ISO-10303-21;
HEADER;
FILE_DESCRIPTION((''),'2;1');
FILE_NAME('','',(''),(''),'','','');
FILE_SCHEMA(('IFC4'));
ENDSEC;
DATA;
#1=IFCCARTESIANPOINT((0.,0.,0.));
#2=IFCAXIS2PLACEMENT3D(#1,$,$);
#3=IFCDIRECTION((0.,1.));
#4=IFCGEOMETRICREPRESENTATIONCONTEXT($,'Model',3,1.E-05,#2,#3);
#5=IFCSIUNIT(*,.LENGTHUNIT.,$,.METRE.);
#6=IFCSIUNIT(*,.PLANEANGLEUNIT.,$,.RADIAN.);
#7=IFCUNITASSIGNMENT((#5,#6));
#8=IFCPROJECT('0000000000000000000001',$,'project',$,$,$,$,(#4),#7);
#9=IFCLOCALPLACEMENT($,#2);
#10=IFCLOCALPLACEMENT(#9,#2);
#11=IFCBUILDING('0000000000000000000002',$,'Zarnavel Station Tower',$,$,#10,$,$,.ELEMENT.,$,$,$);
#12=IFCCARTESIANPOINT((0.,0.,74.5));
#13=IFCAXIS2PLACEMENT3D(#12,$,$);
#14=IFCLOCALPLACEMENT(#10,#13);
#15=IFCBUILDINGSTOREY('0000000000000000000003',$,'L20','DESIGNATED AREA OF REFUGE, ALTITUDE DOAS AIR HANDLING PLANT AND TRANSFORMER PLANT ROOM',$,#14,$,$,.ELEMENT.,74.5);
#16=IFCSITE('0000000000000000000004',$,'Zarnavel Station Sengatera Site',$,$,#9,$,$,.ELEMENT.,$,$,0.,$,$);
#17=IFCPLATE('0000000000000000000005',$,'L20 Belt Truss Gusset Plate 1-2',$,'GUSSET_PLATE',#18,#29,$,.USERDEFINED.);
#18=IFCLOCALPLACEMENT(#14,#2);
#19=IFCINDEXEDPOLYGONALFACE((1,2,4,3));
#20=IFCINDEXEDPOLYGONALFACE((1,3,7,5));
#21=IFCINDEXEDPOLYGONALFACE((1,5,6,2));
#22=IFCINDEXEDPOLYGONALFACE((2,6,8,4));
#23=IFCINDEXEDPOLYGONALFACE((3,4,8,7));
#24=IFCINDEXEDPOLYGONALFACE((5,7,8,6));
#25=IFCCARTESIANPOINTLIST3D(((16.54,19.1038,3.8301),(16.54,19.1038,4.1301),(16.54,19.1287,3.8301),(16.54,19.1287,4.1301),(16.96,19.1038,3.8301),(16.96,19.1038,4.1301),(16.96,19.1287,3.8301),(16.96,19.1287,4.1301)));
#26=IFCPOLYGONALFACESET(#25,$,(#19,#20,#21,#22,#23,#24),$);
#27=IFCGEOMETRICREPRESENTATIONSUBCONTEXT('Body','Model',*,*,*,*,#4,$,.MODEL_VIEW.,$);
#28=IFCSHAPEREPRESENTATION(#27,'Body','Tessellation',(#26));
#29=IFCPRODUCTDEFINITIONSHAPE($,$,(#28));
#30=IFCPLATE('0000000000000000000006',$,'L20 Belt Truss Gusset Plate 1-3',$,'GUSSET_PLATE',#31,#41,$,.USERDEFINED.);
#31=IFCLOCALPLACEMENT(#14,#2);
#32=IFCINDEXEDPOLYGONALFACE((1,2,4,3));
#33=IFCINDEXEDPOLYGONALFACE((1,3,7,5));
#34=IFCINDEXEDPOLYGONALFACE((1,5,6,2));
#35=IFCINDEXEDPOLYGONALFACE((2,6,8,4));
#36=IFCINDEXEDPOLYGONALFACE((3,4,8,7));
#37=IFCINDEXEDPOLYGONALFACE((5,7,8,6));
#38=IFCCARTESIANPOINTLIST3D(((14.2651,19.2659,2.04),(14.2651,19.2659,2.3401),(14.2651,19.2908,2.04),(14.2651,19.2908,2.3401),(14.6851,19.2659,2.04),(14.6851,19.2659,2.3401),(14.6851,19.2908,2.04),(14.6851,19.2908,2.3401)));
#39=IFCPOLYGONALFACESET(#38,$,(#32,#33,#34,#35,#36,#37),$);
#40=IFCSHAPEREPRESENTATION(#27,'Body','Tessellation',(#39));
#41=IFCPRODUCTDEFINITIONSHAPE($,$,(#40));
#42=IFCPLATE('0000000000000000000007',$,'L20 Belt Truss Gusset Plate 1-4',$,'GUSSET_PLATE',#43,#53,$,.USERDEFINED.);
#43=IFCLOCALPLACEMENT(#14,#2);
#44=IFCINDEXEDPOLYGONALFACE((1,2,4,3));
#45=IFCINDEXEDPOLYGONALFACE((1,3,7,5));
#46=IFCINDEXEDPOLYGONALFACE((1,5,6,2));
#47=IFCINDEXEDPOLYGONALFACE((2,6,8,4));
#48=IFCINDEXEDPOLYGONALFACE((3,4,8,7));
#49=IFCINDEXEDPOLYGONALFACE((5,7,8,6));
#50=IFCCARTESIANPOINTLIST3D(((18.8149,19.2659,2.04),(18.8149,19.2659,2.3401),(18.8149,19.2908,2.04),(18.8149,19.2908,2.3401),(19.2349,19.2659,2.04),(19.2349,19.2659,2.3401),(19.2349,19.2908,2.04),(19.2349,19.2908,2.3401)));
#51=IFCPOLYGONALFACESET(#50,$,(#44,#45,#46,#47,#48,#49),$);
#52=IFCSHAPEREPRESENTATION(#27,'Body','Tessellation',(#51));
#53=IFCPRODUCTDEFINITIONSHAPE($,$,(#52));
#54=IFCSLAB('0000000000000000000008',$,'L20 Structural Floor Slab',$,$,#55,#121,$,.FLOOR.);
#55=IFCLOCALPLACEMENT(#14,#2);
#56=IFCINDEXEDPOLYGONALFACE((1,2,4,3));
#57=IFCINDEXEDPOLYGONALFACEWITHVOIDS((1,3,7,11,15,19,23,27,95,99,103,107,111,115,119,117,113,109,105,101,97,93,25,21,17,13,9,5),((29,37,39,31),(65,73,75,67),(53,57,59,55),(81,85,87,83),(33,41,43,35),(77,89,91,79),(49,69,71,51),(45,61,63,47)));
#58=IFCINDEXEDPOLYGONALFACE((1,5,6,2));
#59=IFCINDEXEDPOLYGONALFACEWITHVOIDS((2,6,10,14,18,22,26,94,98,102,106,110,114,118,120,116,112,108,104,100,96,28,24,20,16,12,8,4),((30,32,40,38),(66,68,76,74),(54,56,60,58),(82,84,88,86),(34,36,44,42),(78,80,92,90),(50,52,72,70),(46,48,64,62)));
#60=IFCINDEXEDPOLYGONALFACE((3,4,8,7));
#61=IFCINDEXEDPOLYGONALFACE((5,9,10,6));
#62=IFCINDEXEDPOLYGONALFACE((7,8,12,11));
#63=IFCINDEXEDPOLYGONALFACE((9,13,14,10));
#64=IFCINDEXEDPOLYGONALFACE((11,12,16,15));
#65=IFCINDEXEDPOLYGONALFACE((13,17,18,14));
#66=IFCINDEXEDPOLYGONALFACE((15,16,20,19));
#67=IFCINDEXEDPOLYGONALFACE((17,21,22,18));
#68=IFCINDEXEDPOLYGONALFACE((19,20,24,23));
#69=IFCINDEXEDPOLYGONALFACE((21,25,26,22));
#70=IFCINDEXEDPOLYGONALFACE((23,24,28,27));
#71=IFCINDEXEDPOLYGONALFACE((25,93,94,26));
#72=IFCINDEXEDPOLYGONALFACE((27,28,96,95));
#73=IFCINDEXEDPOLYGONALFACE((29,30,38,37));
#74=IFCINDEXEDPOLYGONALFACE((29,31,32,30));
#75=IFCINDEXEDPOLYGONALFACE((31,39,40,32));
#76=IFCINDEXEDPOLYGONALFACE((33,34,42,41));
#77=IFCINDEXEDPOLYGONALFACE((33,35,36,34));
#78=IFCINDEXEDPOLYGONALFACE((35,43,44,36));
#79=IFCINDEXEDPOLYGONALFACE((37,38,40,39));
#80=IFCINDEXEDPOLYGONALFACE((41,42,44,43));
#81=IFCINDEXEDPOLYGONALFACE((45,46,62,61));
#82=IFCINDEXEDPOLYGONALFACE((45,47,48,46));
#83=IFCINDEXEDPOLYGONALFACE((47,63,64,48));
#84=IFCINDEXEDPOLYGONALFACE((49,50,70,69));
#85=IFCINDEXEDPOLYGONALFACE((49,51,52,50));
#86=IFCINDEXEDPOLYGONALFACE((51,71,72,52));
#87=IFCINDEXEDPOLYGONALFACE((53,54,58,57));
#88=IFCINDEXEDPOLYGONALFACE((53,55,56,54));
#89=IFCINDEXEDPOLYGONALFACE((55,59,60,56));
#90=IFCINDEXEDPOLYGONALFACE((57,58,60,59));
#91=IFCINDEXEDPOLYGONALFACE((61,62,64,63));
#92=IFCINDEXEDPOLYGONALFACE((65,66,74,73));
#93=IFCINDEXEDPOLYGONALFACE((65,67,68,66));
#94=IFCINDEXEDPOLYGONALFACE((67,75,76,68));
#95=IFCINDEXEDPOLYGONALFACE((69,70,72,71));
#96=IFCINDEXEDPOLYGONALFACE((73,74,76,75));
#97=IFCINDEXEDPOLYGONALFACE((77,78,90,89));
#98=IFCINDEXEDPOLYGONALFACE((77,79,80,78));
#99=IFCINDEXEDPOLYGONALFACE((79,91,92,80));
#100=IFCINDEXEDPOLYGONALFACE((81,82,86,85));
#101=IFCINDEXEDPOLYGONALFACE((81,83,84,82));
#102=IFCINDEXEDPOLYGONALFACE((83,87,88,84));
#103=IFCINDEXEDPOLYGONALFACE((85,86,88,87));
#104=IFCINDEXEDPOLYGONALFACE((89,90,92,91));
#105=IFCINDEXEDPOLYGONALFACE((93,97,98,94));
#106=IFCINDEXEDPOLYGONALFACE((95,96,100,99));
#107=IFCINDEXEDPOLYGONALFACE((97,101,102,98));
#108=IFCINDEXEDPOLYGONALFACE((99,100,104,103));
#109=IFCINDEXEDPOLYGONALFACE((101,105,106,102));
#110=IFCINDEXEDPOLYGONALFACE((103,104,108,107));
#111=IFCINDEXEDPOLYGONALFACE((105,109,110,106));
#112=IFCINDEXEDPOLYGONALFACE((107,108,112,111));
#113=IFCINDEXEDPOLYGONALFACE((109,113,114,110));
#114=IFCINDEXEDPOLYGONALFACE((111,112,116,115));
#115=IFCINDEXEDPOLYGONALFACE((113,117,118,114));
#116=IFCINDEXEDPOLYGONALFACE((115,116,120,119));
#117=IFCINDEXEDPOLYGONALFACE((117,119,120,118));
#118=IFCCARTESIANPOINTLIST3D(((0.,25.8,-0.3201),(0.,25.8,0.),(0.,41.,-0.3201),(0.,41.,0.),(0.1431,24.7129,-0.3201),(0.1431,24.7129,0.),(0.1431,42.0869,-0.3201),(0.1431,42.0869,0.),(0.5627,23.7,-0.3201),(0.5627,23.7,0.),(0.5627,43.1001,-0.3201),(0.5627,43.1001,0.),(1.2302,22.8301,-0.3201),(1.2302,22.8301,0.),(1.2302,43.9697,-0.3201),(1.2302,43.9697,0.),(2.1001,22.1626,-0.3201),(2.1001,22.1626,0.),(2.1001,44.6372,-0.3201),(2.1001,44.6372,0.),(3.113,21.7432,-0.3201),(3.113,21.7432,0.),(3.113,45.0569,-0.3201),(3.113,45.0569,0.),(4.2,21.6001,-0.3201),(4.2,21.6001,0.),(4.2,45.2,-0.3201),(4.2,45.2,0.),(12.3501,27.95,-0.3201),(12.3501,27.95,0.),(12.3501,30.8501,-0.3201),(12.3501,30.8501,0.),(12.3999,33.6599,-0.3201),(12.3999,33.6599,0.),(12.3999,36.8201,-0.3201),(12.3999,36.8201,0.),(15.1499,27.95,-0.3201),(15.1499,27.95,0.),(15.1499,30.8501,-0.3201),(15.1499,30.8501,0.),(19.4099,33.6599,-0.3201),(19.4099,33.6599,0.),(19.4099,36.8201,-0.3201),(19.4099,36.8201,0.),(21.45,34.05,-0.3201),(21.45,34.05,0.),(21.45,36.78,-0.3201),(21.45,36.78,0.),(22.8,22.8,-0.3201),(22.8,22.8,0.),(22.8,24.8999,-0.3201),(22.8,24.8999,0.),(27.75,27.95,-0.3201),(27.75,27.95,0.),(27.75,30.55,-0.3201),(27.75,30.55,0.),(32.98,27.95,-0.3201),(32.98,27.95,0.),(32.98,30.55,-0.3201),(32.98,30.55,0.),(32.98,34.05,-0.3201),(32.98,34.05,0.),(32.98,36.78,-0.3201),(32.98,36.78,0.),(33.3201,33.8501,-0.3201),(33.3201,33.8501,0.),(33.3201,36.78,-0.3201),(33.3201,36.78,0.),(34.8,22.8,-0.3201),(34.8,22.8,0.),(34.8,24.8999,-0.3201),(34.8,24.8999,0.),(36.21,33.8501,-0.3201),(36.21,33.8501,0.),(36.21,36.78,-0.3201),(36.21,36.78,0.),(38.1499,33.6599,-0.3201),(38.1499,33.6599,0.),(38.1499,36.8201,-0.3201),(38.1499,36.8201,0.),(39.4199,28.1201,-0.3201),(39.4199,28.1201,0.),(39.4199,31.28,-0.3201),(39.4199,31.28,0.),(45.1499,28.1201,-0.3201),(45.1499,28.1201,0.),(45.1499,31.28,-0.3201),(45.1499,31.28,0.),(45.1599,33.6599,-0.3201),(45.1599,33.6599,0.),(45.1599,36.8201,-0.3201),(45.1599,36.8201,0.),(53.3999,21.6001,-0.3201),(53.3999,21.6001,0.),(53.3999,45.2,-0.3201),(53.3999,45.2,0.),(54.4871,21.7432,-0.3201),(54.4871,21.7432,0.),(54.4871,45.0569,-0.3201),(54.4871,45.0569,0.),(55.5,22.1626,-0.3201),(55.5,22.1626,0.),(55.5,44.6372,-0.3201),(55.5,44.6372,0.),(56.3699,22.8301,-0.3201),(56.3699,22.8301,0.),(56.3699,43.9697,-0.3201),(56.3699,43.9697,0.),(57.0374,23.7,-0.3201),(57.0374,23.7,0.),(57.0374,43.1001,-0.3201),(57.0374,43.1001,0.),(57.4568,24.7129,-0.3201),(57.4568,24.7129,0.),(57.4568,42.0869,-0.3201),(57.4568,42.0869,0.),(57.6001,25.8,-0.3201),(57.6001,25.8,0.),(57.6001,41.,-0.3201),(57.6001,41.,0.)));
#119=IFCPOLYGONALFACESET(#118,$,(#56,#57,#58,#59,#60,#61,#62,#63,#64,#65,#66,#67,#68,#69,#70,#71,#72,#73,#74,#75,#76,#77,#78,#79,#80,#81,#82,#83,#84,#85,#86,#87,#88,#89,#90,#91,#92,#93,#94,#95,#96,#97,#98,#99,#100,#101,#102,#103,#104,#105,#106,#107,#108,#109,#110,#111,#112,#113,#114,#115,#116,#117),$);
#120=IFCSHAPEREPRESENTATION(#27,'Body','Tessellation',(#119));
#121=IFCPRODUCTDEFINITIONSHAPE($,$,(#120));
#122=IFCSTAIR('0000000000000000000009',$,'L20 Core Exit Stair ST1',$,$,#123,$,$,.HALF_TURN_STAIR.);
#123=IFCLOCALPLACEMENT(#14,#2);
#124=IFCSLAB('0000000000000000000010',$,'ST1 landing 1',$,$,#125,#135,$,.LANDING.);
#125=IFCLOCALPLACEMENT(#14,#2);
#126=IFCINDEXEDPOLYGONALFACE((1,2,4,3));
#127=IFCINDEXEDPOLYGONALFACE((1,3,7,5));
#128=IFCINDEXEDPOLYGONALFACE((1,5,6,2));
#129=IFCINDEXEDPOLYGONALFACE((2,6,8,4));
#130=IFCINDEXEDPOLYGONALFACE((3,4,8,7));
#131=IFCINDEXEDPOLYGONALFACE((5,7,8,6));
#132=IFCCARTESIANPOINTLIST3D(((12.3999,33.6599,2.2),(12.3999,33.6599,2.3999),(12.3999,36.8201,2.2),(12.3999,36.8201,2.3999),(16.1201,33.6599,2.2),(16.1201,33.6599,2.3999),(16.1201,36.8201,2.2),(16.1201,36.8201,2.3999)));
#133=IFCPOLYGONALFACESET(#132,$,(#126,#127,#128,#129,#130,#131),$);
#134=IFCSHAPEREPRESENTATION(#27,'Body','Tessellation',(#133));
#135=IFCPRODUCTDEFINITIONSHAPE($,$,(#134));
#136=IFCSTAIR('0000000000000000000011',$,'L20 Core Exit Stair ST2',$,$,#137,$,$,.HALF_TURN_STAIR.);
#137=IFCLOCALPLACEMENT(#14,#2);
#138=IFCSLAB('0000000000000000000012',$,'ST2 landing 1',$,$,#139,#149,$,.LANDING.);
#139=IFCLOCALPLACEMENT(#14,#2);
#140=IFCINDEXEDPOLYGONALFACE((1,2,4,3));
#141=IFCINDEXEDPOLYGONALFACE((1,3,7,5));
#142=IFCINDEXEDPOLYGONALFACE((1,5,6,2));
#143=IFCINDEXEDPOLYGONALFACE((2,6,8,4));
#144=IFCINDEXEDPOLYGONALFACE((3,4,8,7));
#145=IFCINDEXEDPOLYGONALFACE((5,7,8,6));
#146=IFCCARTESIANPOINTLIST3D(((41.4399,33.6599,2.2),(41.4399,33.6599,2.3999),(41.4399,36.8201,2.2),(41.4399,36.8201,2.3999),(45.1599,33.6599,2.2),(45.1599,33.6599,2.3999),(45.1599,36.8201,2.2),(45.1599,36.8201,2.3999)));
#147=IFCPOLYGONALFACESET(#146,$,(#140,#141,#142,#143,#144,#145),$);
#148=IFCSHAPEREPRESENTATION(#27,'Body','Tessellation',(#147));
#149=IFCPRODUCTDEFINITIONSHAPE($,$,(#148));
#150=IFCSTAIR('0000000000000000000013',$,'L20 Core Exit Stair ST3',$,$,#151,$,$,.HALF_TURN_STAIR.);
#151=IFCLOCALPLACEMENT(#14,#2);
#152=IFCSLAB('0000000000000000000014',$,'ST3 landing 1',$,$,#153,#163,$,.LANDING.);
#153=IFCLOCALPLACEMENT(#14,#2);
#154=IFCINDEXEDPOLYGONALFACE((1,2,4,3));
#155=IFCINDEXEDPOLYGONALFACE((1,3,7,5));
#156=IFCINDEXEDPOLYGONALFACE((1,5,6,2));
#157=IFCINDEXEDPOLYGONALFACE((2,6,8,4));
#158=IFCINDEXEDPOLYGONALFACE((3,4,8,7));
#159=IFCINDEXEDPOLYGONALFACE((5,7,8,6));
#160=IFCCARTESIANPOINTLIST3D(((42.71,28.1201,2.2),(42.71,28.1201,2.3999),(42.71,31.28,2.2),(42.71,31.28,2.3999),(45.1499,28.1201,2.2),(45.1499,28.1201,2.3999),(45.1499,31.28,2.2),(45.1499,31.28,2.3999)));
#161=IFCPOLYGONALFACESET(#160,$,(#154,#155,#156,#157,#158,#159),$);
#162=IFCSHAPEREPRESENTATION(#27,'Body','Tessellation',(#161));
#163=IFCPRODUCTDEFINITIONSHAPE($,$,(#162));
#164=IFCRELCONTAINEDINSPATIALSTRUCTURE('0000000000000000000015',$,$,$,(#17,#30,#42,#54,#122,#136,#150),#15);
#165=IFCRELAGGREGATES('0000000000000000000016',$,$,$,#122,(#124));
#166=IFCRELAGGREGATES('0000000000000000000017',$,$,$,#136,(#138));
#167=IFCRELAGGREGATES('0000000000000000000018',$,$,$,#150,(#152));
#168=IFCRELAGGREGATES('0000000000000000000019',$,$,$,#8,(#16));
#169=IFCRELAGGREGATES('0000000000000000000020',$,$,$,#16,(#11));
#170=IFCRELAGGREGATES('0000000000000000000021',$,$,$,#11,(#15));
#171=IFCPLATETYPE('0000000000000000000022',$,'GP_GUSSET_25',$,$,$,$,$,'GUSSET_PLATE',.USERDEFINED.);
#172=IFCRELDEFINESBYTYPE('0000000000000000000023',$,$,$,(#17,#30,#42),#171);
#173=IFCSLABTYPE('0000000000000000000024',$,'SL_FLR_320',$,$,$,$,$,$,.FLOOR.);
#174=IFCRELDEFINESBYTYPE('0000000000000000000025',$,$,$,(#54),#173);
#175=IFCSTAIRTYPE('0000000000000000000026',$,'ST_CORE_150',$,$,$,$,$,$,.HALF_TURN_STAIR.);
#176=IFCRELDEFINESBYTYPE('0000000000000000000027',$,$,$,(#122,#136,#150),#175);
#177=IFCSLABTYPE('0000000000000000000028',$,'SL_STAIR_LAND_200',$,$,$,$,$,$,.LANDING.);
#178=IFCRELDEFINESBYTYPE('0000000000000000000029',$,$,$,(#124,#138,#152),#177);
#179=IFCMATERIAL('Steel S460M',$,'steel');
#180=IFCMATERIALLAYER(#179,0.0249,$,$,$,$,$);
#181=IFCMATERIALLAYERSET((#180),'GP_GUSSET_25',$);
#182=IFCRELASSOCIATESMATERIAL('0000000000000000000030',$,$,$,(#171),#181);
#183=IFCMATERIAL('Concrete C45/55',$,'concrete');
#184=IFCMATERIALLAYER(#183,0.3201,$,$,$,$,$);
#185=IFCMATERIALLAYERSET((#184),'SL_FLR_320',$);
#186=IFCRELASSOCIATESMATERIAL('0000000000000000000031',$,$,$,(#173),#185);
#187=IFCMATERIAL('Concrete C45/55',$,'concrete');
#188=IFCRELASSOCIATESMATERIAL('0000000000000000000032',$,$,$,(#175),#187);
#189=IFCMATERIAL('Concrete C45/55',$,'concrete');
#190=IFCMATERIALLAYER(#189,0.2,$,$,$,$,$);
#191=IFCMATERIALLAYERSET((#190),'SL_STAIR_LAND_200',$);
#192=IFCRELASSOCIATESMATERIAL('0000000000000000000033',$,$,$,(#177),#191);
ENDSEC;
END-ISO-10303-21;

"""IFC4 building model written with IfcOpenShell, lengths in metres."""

from ifc_helpers import new_model, si_unit, direction, frame, origin, origin_2d, place, context, subcontext, project, spatial, polyline, rectangle, outline, extrude, material, layer, layer_set, type_object, element, aggregate, save


model = new_model("IFC4")

# Units and contexts
model_context = context("Model", 3, precision=1e-05, world=origin(), true_north=direction((0.0, 1.0)))
body_context = subcontext(model_context, "Body", "Model", "MODEL_VIEW")
ifc_project = project(units=[si_unit("LENGTHUNIT", "METRE"), si_unit("PLANEANGLEUNIT", "RADIAN")], contexts=[model_context])

# Site, building, storey
site_placement = place(None, origin())
site = spatial("IfcSite", under=ifc_project, at=site_placement, Name="Zarnavel Station Sengatera Site", CompositionType="ELEMENT", RefElevation=0.0)
building_placement = place(site_placement, origin())
building = spatial("IfcBuilding", under=site, at=building_placement, Name="Zarnavel Station Tower", CompositionType="ELEMENT")
storey_placement = place(building_placement, frame((0.0, 0.0, 74.5)))
storey = spatial("IfcBuildingStorey", under=building, at=storey_placement, Name="L20", Description="DESIGNATED AREA OF REFUGE, ALTITUDE DOAS AIR HANDLING PLANT AND TRANSFORMER PLANT ROOM", CompositionType="ELEMENT", Elevation=74.5)

# Plates
ifc_material_1 = material(Name="Steel S460M", Category="steel")
ifc_layer_1 = layer(ifc_material_1, 0.0249)
ifc_layer_set_1 = layer_set([ifc_layer_1], Name="GP_GUSSET_25")
plate_type = type_object("IfcPlateType", Name="GP_GUSSET_25", ElementType="GUSSET_PLATE", PredefinedType="USERDEFINED", material=ifc_layer_set_1)
for number, where, z_axis, x_axis, name in (
    (1, (16.75, 19.1162, 3.8301), (0.0, 0.0, 1.0), (1.0, 0.0, 0.0), "L20 Belt Truss Gusset Plate 1-2"),
    (2, (14.4751, 19.2783, 2.04), (0.0, 0.0, 1.0), (1.0, 0.0, 0.0), "L20 Belt Truss Gusset Plate 1-3"),
    (3, (19.0249, 19.2783, 2.04), (0.0, 0.0, 1.0), (1.0, 0.0, 0.0), "L20 Belt Truss Gusset Plate 1-4"),
):
    element("IfcPlate", number, at=place(storey_placement, frame(where, z_axis=z_axis, x_axis=x_axis)), inside=storey, type_object=plate_type, Name=name, ObjectType="GUSSET_PLATE", PredefinedType="USERDEFINED", context=body_context, shape_type="SweptSolid", body=[
        extrude(rectangle(XDim=0.4199, YDim=0.0249, at=origin_2d()), origin(), (0.0, 0.0, 1.0), 0.3),
    ])

# Slab
ifc_material_2 = material(Name="Concrete C45/55", Category="concrete")
ifc_layer_2 = layer(ifc_material_2, 0.3201)
ifc_layer_set_2 = layer_set([ifc_layer_2], Name="SL_FLR_320")
slab_type_1 = type_object("IfcSlabType", Name="SL_FLR_320", PredefinedType="FLOOR", material=ifc_layer_set_2)
slab_1_placement = place(storey_placement, frame((0.0, 0.0, -0.3201)))
element("IfcSlab", 4, at=slab_1_placement, inside=storey, type_object=slab_type_1, Name="L20 Structural Floor Slab", PredefinedType="FLOOR", context=body_context, shape_type="SweptSolid", body=[
    extrude(outline(polyline([(53.3999, 21.6001), (54.4871, 21.7432), (55.5, 22.1626), (56.3699, 22.8301), (57.0374, 23.7), (57.4568, 24.7129), (57.6001, 25.8), (57.6001, 41.0), (57.4568, 42.0869), (57.0374, 43.1001), (56.3699, 43.9697), (55.5, 44.6372), (54.4871, 45.0569), (53.3999, 45.2), (4.2, 45.2), (3.113, 45.0569), (2.1001, 44.6372), (1.2302, 43.9697), (0.5627, 43.1001), (0.1431, 42.0869), (0.0, 41.0), (0.0, 25.8), (0.1431, 24.7129), (0.5627, 23.7), (1.2302, 22.8301), (2.1001, 22.1626), (3.113, 21.7432), (4.2, 21.6001), (53.3999, 21.6001)]), holes=[polyline([(12.3999, 33.6599), (19.4099, 33.6599), (19.4099, 36.8201), (12.3999, 36.8201), (12.3999, 33.6599)]), polyline([(38.1499, 33.6599), (45.1599, 33.6599), (45.1599, 36.8201), (38.1499, 36.8201), (38.1499, 33.6599)]), polyline([(39.4199, 28.1201), (45.1499, 28.1201), (45.1499, 31.28), (39.4199, 31.28), (39.4199, 28.1201)]), polyline([(12.3501, 27.95), (15.1499, 27.95), (15.1499, 30.8501), (12.3501, 30.8501), (12.3501, 27.95)]), polyline([(33.3201, 33.8501), (36.21, 33.8501), (36.21, 36.78), (33.3201, 36.78), (33.3201, 33.8501)]), polyline([(21.45, 34.05), (32.98, 34.05), (32.98, 36.78), (21.45, 36.78), (21.45, 34.05)]), polyline([(27.75, 27.95), (32.98, 27.95), (32.98, 30.55), (27.75, 30.55), (27.75, 27.95)]), polyline([(22.8, 22.8), (34.8, 22.8), (34.8, 24.8999), (22.8, 24.8999), (22.8, 22.8)])]), origin(), (0.0, 0.0, 1.0), 0.3201),
])

# Stairs, slabs
ifc_material_3 = material(Name="Concrete C45/55", Category="concrete")
stair_type = type_object("IfcStairType", Name="ST_CORE_150", PredefinedType="HALF_TURN_STAIR", material=ifc_material_3)
stair_1_placement = place(storey_placement, origin())
stair_1 = element("IfcStair", 5, at=stair_1_placement, inside=storey, type_object=stair_type, Name="L20 Core Exit Stair ST1", PredefinedType="HALF_TURN_STAIR")
ifc_material_4 = material(Name="Concrete C45/55", Category="concrete")
ifc_layer_3 = layer(ifc_material_4, 0.2)
ifc_layer_set_3 = layer_set([ifc_layer_3], Name="SL_STAIR_LAND_200")
slab_type_2 = type_object("IfcSlabType", Name="SL_STAIR_LAND_200", PredefinedType="LANDING", material=ifc_layer_set_3)
slab_2_placement = place(storey_placement, frame((0.0, 0.0, 2.2)))
slab_2 = element("IfcSlab", 6, at=slab_2_placement, type_object=slab_type_2, Name="ST1 landing 1", PredefinedType="LANDING", context=body_context, shape_type="SweptSolid", body=[
    extrude(outline(polyline([(16.1201, 36.8201), (12.3999, 36.8201), (12.3999, 33.6599), (16.1201, 33.6599), (16.1201, 36.8201)])), origin(), (0.0, 0.0, 1.0), 0.2),
])
aggregate(stair_1, [slab_2])
stair_2_placement = place(storey_placement, origin())
stair_2 = element("IfcStair", 7, at=stair_2_placement, inside=storey, type_object=stair_type, Name="L20 Core Exit Stair ST2", PredefinedType="HALF_TURN_STAIR")
slab_3_placement = place(storey_placement, frame((0.0, 0.0, 2.2)))
slab_3 = element("IfcSlab", 8, at=slab_3_placement, type_object=slab_type_2, Name="ST2 landing 1", PredefinedType="LANDING", context=body_context, shape_type="SweptSolid", body=[
    extrude(outline(polyline([(41.4399, 33.6599), (45.1599, 33.6599), (45.1599, 36.8201), (41.4399, 36.8201), (41.4399, 33.6599)])), origin(), (0.0, 0.0, 1.0), 0.2),
])
aggregate(stair_2, [slab_3])
stair_3_placement = place(storey_placement, origin())
stair_3 = element("IfcStair", 9, at=stair_3_placement, inside=storey, type_object=stair_type, Name="L20 Core Exit Stair ST3", PredefinedType="HALF_TURN_STAIR")
slab_4_placement = place(storey_placement, frame((0.0, 0.0, 2.2)))
slab_4 = element("IfcSlab", 10, at=slab_4_placement, type_object=slab_type_2, Name="ST3 landing 1", PredefinedType="LANDING", context=body_context, shape_type="SweptSolid", body=[
    extrude(outline(polyline([(42.71, 28.1201), (45.1499, 28.1201), (45.1499, 31.28), (42.71, 31.28), (42.71, 28.1201)])), origin(), (0.0, 0.0, 1.0), 0.2),
])
aggregate(stair_3, [slab_4])

save(model, "model.ifc")
